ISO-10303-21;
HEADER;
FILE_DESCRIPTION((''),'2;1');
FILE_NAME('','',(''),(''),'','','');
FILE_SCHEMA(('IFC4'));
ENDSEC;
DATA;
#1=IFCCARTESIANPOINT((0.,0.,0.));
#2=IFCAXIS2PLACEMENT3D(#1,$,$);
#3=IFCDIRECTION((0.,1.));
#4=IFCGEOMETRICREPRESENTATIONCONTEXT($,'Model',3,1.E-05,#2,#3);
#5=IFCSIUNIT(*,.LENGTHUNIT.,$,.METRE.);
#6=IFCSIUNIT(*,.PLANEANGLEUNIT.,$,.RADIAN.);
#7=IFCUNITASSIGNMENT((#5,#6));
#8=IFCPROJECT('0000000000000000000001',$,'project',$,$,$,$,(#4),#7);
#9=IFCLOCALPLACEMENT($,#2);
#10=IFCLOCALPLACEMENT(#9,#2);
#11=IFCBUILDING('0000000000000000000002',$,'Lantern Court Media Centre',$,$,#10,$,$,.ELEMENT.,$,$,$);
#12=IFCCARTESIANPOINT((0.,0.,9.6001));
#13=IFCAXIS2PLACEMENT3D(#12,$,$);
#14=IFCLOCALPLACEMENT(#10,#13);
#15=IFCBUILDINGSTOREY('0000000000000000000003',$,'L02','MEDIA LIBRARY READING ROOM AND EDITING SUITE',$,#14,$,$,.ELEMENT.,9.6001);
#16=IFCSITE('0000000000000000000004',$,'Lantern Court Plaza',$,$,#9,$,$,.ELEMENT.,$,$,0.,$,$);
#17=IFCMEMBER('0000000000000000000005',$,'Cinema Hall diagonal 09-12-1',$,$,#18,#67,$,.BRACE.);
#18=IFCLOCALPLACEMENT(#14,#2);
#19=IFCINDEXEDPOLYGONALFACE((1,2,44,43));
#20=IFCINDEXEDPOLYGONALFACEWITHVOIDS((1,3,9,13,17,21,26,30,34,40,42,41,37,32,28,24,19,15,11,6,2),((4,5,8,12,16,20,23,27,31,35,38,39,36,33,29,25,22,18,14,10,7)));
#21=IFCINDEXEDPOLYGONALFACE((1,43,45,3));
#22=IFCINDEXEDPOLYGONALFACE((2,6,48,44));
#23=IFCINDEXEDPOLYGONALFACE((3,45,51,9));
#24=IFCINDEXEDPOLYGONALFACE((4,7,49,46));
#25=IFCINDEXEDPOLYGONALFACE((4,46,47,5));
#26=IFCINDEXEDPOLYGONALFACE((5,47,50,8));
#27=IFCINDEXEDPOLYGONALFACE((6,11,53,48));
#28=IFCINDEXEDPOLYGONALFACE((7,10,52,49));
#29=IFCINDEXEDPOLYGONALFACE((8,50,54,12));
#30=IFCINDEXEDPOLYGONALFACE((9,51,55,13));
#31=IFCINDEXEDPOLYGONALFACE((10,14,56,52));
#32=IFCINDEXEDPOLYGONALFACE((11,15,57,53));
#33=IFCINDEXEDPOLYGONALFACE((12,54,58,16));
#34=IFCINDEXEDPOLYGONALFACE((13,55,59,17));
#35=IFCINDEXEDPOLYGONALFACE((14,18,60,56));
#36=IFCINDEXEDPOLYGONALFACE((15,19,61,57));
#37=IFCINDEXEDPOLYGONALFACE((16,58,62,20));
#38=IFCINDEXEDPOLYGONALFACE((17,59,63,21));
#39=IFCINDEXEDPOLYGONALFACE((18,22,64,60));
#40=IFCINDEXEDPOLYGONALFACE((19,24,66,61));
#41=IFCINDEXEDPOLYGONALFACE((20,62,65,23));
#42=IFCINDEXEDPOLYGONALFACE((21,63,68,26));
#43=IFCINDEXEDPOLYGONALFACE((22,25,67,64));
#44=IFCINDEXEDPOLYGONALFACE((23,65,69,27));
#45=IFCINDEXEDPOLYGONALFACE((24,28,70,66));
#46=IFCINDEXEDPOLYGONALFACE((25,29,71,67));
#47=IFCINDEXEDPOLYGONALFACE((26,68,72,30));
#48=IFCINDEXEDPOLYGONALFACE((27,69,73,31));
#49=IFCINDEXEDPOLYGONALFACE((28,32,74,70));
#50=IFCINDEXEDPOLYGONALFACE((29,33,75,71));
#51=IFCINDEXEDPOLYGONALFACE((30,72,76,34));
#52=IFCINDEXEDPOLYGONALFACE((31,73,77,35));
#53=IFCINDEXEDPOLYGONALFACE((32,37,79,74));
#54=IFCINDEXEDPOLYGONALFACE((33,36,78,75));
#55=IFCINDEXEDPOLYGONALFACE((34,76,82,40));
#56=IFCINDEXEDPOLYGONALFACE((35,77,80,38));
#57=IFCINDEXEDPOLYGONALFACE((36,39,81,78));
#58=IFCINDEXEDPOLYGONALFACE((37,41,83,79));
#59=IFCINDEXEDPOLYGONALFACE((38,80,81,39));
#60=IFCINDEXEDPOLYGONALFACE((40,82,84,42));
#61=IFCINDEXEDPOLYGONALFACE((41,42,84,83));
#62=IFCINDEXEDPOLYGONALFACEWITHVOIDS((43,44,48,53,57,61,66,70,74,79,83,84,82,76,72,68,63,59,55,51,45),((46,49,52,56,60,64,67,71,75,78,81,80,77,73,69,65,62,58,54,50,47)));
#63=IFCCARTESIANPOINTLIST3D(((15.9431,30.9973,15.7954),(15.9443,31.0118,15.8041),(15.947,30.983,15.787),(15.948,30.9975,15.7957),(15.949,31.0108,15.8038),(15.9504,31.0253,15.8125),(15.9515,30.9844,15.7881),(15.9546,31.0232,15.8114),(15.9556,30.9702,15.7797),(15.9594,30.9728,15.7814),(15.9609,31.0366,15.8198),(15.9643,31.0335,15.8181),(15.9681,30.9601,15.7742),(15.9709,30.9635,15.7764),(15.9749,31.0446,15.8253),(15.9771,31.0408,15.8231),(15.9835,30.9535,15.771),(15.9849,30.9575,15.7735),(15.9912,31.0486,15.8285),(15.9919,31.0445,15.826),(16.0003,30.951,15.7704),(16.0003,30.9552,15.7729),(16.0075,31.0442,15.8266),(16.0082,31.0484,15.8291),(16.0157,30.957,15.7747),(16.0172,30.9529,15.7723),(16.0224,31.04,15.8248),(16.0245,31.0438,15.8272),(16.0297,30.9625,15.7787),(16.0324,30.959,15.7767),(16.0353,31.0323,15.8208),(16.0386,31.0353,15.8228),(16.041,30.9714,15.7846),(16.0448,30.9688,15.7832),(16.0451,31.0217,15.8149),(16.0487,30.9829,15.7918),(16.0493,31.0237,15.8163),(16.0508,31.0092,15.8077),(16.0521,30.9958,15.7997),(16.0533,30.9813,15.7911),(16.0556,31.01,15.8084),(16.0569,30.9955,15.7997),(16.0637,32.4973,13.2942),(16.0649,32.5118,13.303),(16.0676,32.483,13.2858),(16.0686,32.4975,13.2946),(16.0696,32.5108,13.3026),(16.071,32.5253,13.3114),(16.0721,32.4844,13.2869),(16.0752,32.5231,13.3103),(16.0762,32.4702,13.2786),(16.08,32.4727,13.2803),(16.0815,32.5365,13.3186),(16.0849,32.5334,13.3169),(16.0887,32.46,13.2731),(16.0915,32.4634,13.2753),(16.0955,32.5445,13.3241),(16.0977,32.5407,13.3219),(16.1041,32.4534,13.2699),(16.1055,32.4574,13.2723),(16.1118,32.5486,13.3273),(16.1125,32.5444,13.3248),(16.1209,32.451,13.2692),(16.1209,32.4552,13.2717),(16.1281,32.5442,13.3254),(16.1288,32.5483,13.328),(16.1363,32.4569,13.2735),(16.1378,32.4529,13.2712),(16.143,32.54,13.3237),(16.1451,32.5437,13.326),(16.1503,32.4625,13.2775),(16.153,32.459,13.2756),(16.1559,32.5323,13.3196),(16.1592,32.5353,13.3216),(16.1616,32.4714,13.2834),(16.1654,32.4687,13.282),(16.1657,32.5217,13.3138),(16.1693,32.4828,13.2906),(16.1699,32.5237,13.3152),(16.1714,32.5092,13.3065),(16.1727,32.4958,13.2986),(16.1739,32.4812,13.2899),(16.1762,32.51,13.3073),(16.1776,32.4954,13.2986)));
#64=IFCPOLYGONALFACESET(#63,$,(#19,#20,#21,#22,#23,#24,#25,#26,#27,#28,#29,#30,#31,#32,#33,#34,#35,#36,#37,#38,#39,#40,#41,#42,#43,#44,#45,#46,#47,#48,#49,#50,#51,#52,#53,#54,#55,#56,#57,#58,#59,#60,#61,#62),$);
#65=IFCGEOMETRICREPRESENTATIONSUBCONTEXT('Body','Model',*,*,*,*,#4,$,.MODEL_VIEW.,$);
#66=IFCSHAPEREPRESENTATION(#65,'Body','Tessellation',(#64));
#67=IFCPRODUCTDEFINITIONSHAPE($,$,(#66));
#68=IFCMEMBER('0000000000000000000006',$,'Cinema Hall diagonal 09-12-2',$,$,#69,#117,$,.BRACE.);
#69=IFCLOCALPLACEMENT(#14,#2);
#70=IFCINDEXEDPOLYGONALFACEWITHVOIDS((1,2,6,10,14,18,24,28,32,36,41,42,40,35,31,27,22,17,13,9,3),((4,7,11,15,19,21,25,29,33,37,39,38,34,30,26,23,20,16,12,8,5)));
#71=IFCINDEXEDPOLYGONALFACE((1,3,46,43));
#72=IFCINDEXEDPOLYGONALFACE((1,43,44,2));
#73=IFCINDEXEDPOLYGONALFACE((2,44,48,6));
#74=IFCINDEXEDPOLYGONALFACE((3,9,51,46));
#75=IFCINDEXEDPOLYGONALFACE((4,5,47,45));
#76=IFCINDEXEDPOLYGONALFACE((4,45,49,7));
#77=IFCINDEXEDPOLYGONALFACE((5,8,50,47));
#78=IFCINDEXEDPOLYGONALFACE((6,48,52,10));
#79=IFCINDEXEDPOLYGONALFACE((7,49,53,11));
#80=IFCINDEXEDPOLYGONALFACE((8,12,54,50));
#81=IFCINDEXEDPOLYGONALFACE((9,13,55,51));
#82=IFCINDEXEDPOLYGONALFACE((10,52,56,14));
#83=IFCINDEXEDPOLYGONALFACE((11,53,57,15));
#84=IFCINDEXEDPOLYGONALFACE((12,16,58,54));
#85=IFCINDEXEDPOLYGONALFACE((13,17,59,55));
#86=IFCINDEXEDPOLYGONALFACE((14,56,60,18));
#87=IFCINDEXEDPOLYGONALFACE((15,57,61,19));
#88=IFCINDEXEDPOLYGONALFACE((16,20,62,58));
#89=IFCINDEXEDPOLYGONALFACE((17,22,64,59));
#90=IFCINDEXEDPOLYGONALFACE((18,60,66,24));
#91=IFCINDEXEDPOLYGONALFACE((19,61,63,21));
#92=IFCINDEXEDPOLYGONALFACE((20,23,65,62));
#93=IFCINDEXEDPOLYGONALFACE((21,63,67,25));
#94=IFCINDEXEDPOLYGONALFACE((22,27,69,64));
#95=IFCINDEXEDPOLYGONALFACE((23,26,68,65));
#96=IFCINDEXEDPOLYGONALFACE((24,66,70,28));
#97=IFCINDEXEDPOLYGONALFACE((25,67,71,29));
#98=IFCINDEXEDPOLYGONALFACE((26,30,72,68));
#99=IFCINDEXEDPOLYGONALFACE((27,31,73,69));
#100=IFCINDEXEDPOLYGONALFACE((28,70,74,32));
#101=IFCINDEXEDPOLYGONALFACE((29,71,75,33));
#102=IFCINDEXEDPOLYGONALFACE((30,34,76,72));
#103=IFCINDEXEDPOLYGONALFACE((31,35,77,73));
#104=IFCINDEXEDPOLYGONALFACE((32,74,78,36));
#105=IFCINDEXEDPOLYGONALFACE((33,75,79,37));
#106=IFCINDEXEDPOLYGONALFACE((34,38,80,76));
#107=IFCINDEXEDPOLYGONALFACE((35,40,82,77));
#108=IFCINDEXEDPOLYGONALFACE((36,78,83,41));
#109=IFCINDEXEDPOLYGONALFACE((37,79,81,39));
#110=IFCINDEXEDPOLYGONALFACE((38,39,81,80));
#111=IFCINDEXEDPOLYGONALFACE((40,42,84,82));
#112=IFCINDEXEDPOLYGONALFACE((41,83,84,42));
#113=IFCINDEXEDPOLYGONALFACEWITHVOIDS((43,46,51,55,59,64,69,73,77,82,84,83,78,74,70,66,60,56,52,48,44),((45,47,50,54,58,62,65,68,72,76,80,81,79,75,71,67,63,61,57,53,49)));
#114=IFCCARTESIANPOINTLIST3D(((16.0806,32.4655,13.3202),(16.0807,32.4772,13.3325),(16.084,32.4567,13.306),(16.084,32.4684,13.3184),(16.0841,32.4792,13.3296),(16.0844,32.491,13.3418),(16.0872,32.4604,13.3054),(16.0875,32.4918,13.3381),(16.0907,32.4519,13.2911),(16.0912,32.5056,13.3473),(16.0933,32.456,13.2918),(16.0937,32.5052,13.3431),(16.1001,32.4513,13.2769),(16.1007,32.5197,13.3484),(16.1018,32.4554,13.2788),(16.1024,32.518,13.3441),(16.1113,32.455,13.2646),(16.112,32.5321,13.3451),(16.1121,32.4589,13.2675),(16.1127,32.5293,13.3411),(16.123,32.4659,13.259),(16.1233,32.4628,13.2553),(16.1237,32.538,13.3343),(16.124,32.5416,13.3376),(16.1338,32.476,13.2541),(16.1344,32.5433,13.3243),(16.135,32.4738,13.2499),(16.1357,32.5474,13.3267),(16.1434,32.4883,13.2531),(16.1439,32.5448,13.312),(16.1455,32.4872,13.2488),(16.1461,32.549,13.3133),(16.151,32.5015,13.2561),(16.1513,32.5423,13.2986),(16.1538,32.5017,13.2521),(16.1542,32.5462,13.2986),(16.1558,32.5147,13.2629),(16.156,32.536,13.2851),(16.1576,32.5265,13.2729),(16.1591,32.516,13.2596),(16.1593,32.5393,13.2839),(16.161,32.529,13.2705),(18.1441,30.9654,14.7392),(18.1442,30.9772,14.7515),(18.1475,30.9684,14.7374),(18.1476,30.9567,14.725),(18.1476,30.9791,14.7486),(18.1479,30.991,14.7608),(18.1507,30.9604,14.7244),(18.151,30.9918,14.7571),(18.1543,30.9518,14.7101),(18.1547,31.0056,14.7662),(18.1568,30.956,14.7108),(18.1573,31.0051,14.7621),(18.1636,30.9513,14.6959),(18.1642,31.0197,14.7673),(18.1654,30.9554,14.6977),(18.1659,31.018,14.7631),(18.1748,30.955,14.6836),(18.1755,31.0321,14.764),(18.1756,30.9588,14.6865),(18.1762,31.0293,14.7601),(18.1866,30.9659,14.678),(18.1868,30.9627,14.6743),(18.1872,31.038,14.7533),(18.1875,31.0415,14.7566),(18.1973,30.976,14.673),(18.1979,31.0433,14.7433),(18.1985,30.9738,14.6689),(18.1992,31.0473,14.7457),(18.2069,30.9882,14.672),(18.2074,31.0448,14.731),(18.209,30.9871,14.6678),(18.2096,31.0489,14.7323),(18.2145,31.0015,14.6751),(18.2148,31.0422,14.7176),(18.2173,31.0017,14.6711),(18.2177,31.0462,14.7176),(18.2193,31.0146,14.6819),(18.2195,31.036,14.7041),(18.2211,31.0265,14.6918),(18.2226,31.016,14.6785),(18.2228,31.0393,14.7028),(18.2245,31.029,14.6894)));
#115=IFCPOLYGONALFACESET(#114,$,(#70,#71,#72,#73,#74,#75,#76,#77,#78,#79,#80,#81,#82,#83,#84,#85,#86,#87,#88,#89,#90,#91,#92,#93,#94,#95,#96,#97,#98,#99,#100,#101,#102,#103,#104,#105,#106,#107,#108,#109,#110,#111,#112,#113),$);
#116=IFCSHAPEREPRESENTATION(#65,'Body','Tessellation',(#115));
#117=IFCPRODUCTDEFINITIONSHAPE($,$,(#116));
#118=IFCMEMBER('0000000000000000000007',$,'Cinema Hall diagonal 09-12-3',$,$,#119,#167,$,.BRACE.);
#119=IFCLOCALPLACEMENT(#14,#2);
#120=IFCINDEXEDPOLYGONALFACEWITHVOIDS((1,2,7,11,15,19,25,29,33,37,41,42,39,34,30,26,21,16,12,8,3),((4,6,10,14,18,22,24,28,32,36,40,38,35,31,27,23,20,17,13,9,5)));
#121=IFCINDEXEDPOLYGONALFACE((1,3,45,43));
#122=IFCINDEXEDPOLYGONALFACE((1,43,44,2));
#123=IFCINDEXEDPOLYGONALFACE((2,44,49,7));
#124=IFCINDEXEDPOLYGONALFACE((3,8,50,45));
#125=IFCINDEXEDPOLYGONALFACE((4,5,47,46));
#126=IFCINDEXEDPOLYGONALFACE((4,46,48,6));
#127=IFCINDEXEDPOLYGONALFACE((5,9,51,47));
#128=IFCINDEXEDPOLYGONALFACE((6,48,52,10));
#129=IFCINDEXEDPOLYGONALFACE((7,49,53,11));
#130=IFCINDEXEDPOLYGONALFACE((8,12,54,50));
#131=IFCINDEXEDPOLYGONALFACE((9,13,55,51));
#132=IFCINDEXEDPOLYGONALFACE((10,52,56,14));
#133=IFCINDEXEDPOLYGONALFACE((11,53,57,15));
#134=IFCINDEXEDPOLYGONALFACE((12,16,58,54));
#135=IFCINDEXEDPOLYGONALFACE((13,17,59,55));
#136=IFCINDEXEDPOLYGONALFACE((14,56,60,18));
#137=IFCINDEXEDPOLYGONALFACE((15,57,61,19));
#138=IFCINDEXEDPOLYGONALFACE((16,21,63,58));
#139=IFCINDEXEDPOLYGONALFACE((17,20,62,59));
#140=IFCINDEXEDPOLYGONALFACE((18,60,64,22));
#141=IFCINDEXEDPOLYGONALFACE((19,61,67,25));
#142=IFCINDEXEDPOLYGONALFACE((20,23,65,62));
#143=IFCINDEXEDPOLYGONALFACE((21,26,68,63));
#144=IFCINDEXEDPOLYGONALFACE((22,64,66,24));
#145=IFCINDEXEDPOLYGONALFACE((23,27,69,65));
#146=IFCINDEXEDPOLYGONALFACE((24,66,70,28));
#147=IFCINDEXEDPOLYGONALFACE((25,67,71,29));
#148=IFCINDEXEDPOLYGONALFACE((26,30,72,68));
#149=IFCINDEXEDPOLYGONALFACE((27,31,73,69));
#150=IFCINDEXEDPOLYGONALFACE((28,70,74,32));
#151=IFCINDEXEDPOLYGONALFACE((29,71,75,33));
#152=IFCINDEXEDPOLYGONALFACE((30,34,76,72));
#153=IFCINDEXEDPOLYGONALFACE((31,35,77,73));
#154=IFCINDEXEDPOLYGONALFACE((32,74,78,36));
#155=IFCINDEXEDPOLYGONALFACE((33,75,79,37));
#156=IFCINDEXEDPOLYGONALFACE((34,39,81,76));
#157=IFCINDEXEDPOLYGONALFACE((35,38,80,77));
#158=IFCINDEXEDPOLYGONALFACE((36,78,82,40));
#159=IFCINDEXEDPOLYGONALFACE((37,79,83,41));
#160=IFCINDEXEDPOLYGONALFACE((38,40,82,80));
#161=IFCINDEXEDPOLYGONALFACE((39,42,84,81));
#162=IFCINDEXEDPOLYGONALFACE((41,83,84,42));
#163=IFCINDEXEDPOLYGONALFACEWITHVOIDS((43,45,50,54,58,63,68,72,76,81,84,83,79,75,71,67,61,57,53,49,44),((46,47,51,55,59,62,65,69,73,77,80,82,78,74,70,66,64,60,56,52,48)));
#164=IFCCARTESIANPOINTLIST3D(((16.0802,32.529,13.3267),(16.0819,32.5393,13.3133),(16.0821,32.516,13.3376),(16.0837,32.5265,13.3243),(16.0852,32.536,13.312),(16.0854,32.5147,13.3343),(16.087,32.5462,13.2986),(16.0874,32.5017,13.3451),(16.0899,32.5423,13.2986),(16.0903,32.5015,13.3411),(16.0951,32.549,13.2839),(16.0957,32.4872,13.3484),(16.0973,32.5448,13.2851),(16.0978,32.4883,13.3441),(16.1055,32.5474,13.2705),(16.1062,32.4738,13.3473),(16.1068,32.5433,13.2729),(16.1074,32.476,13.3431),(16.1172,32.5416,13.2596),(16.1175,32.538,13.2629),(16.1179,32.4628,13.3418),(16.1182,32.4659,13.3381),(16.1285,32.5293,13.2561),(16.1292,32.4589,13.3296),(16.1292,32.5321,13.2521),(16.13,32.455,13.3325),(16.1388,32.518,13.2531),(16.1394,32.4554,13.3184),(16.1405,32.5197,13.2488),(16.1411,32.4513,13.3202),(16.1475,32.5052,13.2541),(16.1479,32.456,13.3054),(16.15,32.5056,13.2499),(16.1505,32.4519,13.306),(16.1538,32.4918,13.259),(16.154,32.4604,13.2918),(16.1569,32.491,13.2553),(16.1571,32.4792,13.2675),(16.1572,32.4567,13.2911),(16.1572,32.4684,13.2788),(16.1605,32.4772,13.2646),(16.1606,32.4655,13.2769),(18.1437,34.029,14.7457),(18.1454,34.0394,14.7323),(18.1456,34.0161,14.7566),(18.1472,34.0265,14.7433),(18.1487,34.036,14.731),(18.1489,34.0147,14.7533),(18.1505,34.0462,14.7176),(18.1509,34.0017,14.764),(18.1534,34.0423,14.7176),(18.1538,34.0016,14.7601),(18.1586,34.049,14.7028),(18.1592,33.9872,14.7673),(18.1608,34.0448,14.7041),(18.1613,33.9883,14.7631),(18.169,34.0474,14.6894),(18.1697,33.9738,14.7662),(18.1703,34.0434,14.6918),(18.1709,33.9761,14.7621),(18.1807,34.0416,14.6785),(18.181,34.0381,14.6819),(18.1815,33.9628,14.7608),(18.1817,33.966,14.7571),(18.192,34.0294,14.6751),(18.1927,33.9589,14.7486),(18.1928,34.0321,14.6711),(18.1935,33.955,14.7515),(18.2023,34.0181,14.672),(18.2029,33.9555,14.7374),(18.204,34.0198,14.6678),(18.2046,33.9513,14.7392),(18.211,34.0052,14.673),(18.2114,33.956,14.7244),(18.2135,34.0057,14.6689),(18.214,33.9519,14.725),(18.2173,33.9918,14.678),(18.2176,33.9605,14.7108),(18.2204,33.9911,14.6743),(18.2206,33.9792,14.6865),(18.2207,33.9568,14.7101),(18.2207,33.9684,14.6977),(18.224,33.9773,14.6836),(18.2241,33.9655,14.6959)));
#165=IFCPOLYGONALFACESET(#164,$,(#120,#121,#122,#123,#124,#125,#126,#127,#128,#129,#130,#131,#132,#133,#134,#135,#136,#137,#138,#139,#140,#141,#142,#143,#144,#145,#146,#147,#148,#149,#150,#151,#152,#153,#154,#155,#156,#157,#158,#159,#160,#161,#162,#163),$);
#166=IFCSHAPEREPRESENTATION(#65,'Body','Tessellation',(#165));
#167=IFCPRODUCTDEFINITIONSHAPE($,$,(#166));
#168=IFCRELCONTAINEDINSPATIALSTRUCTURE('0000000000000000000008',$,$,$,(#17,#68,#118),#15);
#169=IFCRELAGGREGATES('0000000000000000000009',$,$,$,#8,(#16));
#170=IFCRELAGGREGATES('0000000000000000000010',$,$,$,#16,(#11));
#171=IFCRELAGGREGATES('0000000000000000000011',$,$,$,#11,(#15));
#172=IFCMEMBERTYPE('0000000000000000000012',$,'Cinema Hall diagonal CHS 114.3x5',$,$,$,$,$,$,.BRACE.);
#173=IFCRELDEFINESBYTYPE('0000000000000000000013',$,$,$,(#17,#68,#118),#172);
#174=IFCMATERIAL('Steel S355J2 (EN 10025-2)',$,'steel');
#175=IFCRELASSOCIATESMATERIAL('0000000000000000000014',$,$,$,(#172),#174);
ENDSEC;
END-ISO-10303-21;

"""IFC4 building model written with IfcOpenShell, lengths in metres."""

from ifc_helpers import new_model, si_unit, direction, frame, origin, origin_2d, place, context, subcontext, project, spatial, hollow_circle, extrude, material, material_profile, profile_set, type_object, element, save


model = new_model("IFC4")

# Units and contexts
model_context = context("Model", 3, precision=1e-05, world=origin(), true_north=direction((0.0, 1.0)))
body_context = subcontext(model_context, "Body", "Model", "MODEL_VIEW")
ifc_project = project(units=[si_unit("LENGTHUNIT", "METRE"), si_unit("PLANEANGLEUNIT", "RADIAN")], contexts=[model_context])

# Site, building, storey
site_placement = place(None, origin())
site = spatial("IfcSite", under=ifc_project, at=site_placement, Name="Lantern Court Plaza", CompositionType="ELEMENT", RefElevation=0.0)
building_placement = place(site_placement, origin())
building = spatial("IfcBuilding", under=site, at=building_placement, Name="Lantern Court Media Centre", CompositionType="ELEMENT")
storey_placement = place(building_placement, frame((0.0, 0.0, 9.6001)))
storey = spatial("IfcBuildingStorey", under=building, at=storey_placement, Name="L02", Description="MEDIA LIBRARY READING ROOM AND EDITING SUITE", CompositionType="ELEMENT", Elevation=9.6001)

# Members
ifc_material = material(Name="Steel S355J2 (EN 10025-2)", Category="steel")
ifc_material_profile_1 = material_profile(ifc_material, hollow_circle(Radius=0.0571, WallThickness=0.0049, at=origin_2d()), Name="Cinema Hall diagonal CHS 114.3x5")
ifc_profile_set_1 = profile_set([ifc_material_profile_1], Name="Steel S355J2 (EN 10025-2)")
member_type_1 = type_object("IfcMemberType", Name="Cinema Hall diagonal CHS 114.3x5", PredefinedType="BRACE", material=ifc_profile_set_1)
member_1_placement = place(storey_placement, frame((16.1206, 32.5, 13.2986), z_axis=(-0.041317, -0.513872, 0.856871), x_axis=(0.996783, -0.080145, 0.0)))
element("IfcMember", 1, at=member_1_placement, inside=storey, type_object=member_type_1, Name="Cinema Hall diagonal 09-12-1", PredefinedType="BRACE", context=body_context, shape_type="SweptSolid", body=[
    extrude(hollow_circle(Radius=0.0571, WallThickness=0.0049, at=origin_2d()), origin(), (0.0, 0.0, 1.0), 2.9189),
])
for number, where, z_axis, x_axis, name in (
    (2, (16.1206, 32.5, 13.2986), (0.70688, -0.513851, 0.486084), (0.58799, 0.808868, 0.0), "Cinema Hall diagonal 09-12-2"),
    (3, (16.1206, 32.5, 13.2986), (0.70688, 0.513851, 0.486084), (-0.58799, 0.808868, 0.0), "Cinema Hall diagonal 09-12-3"),
):
    element("IfcMember", number, at=place(storey_placement, frame(where, z_axis=z_axis, x_axis=x_axis)), inside=storey, type_object=member_type_1, Name=name, PredefinedType="BRACE", context=body_context, shape_type="SweptSolid", body=[
        extrude(hollow_circle(Radius=0.0571, WallThickness=0.0049, at=origin_2d()), origin(), (0.0, 0.0, 1.0), 2.9192),
    ])

save(model, "model.ifc")
